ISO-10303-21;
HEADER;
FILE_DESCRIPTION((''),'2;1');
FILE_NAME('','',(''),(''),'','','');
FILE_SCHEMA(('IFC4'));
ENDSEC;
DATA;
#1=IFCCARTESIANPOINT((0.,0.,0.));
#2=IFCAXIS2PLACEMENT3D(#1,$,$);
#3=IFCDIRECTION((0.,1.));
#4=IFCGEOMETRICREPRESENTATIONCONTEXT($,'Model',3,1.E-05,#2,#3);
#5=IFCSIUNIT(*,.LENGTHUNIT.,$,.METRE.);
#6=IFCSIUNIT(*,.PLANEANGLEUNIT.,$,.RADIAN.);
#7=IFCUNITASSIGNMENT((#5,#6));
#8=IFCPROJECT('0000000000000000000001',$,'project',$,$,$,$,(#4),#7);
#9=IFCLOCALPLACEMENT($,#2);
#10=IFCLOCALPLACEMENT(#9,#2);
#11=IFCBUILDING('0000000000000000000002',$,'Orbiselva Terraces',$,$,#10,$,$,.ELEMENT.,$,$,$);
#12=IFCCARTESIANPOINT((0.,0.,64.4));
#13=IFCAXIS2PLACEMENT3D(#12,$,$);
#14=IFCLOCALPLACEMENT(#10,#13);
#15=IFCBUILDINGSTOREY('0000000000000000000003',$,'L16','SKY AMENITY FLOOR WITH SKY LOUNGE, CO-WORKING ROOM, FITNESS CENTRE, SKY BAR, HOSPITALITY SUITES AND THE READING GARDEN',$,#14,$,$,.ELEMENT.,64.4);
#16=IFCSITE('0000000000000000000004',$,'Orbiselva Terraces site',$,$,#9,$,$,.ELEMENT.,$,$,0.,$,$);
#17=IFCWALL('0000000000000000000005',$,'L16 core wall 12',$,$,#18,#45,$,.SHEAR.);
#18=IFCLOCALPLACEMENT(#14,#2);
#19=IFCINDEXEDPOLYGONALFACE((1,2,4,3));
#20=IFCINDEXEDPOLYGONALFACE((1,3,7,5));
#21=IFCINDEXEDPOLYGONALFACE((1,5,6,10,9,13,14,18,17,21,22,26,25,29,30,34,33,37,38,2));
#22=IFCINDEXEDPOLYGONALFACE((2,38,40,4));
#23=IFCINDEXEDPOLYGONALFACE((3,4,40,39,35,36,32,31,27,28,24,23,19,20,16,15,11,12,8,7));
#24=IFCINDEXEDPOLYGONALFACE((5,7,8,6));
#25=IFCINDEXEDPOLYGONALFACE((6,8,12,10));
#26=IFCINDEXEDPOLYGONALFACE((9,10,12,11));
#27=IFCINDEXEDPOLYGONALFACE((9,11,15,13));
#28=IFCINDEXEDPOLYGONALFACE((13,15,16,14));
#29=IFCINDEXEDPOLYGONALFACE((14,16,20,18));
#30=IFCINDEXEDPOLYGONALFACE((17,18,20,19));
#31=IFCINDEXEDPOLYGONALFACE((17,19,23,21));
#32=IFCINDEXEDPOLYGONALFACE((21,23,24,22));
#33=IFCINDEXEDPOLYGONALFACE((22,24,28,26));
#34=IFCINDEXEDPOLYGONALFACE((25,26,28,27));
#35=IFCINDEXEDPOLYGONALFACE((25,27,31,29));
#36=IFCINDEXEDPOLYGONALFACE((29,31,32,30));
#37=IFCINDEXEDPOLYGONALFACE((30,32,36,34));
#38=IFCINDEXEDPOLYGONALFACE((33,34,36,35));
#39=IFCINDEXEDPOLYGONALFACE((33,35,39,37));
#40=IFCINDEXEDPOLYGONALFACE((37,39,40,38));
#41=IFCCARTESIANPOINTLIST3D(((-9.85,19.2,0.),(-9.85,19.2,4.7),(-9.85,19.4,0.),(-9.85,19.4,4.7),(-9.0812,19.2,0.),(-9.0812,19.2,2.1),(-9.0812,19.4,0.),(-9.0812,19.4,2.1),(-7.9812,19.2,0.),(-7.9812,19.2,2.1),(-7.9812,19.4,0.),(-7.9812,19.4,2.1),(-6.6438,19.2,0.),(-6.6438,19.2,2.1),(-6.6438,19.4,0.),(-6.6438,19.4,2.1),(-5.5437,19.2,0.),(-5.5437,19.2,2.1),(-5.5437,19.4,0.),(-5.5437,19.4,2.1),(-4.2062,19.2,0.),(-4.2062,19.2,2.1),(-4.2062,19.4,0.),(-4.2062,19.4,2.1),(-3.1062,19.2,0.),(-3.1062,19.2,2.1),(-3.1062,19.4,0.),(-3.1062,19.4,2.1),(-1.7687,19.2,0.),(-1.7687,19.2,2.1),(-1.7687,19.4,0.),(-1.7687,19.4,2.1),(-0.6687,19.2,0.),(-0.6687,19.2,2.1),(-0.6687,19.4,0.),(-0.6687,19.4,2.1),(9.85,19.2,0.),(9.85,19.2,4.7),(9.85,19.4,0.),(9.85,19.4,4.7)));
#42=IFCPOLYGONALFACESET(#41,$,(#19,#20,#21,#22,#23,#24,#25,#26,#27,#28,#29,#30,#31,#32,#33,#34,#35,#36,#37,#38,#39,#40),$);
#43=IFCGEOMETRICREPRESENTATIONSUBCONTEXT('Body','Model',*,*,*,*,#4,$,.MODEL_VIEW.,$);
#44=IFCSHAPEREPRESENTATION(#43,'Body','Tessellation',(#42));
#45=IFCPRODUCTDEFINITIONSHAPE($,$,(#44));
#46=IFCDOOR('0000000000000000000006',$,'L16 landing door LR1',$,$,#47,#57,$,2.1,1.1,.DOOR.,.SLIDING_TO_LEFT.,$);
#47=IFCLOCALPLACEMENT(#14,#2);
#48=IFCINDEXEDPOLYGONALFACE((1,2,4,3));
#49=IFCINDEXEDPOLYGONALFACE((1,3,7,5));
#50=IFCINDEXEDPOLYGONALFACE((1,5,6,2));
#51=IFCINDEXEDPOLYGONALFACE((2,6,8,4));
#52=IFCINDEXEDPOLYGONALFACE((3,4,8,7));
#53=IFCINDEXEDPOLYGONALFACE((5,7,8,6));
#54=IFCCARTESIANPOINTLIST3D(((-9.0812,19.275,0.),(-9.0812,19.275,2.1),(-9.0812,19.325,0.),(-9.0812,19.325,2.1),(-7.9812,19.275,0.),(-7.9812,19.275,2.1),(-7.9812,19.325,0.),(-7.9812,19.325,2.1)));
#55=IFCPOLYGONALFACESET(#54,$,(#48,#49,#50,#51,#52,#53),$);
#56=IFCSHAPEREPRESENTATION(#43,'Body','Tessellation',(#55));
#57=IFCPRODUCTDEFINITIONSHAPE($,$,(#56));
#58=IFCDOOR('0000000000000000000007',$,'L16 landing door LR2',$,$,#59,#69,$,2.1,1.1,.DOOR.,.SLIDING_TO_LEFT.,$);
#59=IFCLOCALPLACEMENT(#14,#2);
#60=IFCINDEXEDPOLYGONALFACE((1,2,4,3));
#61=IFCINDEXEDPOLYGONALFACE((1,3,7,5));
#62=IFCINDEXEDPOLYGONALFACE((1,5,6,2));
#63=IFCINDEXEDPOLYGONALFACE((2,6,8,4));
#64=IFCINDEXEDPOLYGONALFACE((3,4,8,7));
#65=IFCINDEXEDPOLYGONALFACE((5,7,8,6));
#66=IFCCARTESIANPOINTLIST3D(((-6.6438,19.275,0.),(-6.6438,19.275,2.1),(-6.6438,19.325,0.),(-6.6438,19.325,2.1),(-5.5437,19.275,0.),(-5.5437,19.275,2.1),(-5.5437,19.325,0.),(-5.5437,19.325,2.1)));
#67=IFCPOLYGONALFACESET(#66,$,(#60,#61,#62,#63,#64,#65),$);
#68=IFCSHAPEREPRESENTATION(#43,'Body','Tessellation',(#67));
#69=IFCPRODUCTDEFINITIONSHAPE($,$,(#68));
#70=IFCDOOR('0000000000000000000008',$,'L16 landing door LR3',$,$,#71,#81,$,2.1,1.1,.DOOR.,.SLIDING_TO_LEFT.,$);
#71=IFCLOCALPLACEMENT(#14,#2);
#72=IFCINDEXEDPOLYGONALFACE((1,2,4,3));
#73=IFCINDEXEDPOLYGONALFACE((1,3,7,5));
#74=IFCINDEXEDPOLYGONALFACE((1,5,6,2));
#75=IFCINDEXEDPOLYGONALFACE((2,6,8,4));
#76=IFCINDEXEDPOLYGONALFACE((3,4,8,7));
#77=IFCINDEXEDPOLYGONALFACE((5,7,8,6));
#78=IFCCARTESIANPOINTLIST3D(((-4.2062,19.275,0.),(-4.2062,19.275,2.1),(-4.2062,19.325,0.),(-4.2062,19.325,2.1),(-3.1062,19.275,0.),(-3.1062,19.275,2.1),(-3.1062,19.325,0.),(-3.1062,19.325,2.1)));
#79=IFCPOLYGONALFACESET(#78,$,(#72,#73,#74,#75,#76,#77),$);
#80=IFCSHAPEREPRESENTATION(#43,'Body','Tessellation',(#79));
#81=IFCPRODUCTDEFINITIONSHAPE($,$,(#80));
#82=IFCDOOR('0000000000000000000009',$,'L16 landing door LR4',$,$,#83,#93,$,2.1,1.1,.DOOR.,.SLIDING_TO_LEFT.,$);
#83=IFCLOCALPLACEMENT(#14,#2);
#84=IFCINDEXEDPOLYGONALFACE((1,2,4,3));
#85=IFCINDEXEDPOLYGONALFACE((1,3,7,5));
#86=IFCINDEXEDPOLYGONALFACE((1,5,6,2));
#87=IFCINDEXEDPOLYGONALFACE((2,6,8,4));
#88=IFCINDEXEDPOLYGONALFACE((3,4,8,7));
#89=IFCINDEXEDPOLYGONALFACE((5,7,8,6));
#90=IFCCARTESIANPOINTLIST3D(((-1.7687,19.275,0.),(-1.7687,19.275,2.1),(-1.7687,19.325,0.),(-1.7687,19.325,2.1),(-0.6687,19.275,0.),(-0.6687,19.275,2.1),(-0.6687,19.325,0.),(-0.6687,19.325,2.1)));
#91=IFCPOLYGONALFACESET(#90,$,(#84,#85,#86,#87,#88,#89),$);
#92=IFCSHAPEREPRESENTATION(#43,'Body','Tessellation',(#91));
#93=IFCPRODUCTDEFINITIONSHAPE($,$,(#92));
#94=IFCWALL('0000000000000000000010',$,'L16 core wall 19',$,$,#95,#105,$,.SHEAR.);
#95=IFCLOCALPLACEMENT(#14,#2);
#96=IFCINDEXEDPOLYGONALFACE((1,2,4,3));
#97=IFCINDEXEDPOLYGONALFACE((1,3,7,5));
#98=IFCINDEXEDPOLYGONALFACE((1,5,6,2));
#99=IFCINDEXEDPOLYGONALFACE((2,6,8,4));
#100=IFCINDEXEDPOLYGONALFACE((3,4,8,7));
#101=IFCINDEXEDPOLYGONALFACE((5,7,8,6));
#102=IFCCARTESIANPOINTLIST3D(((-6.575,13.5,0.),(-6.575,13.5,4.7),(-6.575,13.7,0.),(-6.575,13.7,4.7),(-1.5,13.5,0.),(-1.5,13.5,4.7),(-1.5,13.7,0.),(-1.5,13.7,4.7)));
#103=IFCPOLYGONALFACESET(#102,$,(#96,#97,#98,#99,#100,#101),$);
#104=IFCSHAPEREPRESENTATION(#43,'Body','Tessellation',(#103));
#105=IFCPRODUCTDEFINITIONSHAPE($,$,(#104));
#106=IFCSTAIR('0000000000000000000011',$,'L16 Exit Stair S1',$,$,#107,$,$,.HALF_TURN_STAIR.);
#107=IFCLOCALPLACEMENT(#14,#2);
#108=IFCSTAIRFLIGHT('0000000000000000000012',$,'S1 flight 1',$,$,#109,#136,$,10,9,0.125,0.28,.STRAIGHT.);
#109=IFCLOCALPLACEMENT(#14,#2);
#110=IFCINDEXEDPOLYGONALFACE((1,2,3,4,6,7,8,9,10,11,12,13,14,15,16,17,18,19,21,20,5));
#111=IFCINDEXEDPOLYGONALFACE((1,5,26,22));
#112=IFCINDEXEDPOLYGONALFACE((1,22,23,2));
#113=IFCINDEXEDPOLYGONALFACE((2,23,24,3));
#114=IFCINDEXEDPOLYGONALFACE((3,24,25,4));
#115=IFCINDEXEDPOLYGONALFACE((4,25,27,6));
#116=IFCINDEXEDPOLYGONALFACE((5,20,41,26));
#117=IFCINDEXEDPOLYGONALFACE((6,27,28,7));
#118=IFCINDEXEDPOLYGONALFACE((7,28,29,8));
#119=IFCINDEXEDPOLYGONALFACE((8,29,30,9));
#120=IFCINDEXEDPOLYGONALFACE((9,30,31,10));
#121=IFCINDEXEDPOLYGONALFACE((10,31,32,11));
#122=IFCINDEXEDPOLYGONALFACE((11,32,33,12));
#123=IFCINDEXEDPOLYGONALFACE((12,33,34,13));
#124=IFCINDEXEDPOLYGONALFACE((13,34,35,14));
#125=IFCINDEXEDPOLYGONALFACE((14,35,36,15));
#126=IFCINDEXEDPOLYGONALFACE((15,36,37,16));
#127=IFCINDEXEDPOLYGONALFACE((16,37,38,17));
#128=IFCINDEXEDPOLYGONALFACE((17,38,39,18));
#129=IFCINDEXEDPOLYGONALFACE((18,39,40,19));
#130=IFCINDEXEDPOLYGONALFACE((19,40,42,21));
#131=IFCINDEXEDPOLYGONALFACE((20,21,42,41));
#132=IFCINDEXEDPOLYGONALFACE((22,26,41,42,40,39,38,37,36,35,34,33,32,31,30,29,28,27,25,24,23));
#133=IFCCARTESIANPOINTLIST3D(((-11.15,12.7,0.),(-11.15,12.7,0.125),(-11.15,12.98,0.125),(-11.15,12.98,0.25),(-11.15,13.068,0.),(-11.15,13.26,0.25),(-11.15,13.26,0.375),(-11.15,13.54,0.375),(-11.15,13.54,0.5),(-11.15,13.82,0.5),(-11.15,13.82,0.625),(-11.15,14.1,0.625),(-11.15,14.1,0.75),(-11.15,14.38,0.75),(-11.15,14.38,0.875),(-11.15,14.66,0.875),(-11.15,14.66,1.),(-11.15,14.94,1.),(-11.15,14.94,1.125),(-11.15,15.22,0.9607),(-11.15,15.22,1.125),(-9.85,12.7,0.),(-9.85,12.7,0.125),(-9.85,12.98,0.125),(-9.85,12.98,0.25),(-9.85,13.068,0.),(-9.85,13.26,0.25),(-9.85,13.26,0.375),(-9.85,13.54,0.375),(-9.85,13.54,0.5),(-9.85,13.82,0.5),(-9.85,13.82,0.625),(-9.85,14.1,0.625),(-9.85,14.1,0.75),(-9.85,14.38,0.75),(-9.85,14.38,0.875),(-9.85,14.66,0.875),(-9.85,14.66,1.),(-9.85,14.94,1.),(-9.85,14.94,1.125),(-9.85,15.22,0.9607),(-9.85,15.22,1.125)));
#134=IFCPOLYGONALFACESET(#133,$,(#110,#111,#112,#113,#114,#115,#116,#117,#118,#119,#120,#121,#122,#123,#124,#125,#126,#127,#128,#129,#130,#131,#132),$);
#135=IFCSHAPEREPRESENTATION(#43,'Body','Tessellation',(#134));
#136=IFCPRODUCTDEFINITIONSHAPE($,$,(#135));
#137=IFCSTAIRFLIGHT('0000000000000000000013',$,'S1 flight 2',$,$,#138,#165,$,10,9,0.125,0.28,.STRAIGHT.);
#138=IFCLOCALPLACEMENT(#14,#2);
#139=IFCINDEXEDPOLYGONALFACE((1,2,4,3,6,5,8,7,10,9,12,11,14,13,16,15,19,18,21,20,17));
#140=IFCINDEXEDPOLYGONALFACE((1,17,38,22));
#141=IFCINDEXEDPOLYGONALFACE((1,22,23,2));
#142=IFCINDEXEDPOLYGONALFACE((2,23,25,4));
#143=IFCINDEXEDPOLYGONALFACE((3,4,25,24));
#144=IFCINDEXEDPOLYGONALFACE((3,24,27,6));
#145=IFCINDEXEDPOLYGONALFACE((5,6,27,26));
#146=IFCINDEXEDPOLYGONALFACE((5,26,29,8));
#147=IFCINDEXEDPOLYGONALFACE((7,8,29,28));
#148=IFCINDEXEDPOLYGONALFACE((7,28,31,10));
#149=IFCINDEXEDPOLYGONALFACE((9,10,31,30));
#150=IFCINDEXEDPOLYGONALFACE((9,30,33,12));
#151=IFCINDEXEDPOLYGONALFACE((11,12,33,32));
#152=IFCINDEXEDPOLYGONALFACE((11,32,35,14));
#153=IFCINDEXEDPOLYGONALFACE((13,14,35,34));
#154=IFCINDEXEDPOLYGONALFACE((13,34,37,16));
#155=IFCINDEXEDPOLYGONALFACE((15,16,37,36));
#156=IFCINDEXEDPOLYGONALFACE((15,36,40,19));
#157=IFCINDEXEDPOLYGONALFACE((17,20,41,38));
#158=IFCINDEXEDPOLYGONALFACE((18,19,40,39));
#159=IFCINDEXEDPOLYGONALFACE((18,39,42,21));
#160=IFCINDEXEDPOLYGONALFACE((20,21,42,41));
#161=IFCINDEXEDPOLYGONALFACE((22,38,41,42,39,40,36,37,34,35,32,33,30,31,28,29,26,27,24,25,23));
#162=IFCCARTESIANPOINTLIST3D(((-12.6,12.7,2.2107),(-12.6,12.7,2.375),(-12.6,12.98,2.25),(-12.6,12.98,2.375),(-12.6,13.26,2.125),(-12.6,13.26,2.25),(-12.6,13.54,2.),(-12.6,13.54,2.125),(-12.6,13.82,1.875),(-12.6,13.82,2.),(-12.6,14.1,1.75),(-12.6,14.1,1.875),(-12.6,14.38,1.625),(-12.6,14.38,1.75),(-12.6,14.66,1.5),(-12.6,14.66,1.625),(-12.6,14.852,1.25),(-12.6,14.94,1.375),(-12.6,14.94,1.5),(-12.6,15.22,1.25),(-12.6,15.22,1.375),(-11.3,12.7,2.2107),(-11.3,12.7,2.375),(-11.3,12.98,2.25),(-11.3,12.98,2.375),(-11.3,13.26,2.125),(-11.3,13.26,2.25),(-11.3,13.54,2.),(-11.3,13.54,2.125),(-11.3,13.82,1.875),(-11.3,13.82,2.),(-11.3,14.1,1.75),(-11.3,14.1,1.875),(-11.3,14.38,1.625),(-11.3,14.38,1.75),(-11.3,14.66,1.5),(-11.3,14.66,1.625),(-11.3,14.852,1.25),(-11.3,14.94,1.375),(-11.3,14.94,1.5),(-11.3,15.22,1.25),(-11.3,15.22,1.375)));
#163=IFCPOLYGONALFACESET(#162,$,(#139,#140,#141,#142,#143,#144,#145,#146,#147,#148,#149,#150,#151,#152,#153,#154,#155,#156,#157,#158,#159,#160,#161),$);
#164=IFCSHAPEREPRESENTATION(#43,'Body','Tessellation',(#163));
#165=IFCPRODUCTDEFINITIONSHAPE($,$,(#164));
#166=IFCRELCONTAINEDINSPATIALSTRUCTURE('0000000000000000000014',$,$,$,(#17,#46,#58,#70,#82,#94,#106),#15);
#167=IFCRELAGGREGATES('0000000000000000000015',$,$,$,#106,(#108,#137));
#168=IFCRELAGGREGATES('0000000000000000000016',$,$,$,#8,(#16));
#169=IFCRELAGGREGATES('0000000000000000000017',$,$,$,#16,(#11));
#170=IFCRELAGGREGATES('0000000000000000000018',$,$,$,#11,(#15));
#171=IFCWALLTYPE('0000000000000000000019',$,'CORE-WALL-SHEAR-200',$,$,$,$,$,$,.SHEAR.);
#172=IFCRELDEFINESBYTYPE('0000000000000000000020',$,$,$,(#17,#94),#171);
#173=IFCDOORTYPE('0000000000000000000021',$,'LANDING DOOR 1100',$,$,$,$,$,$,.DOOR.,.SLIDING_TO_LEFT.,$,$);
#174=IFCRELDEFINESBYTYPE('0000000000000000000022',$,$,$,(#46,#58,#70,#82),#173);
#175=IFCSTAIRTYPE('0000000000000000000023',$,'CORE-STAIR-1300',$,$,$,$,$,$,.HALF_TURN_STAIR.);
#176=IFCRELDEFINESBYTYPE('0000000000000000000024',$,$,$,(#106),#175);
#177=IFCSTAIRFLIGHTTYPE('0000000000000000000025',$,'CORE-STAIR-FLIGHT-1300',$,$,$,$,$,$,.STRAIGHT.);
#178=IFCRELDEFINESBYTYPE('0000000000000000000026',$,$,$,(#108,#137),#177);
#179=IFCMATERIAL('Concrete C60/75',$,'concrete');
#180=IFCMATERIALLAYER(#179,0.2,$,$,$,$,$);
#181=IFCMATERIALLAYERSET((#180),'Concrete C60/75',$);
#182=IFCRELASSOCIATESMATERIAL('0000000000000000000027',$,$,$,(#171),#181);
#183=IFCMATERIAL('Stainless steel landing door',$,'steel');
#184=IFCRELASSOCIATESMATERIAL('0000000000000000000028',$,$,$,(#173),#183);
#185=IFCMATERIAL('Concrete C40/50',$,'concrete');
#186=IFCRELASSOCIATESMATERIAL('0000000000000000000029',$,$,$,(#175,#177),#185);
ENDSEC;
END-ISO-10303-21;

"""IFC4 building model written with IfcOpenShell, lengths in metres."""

from ifc_helpers import new_model, si_unit, direction, frame, frame_2d, origin, place, context, subcontext, project, spatial, polyline, rectangle, outline, extrude, material, layer, layer_set, type_object, element, fill, aggregate, save


model = new_model("IFC4")

# Units and contexts
model_context = context("Model", 3, precision=1e-05, world=origin(), true_north=direction((0.0, 1.0)))
body_context = subcontext(model_context, "Body", "Model", "MODEL_VIEW")
ifc_project = project(units=[si_unit("LENGTHUNIT", "METRE"), si_unit("PLANEANGLEUNIT", "RADIAN")], contexts=[model_context])

# Site, building, storey
site_placement = place(None, origin())
site = spatial("IfcSite", under=ifc_project, at=site_placement, Name="Orbiselva Terraces site", CompositionType="ELEMENT", RefElevation=0.0)
building_placement = place(site_placement, origin())
building = spatial("IfcBuilding", under=site, at=building_placement, Name="Orbiselva Terraces", CompositionType="ELEMENT")
storey_placement = place(building_placement, frame((0.0, 0.0, 64.4)))
storey = spatial("IfcBuildingStorey", under=building, at=storey_placement, Name="L16", Description="SKY AMENITY FLOOR WITH SKY LOUNGE, CO-WORKING ROOM, FITNESS CENTRE, SKY BAR, HOSPITALITY SUITES AND THE READING GARDEN", CompositionType="ELEMENT", Elevation=64.4)

# Shared definitions
ifc_material_1 = material(Name="Concrete C40/50", Category="concrete")
ifc_material_2 = material(Name="Concrete C60/75", Category="concrete")
ifc_layer_1 = layer(ifc_material_2, 0.2)
ifc_layer_set_1 = layer_set([ifc_layer_1], Name="Concrete C60/75")
wall_type_1 = type_object("IfcWallType", Name="CORE-WALL-SHEAR-200", PredefinedType="SHEAR", material=ifc_layer_set_1)

# Wall, openings, doors
wall_1_placement = place(storey_placement, frame((-9.85, 19.3, 0.0), z_axis=(0.0, 0.0, 1.0), x_axis=(1.0, 0.0, 0.0)))
wall_1 = element("IfcWall", 1, at=wall_1_placement, inside=storey, type_object=wall_type_1, Name="L16 core wall 12", PredefinedType="SHEAR", context=body_context, shape_type="SweptSolid", body=[
    extrude(rectangle(XDim=19.7, YDim=0.2, at=frame_2d((9.85, 0.0))), origin(), (0.0, 0.0, 1.0), 4.7),
])
opening_1_placement = place(wall_1_placement, frame((0.7688, 0.0, 0.0)))
opening_1 = element("IfcOpeningElement", 2, at=opening_1_placement, cuts=wall_1, PredefinedType="OPENING", context=body_context, shape_type="SweptSolid", body=[
    extrude(rectangle(XDim=1.1, YDim=2.1, at=frame_2d((0.55, 1.05))), frame((0.0, 0.11, 0.0), z_axis=(0.0, -1.0, 0.0), x_axis=(1.0, 0.0, 0.0)), (0.0, 0.0, 1.0), 0.22),
])
opening_2_placement = place(wall_1_placement, frame((3.2062, 0.0, 0.0)))
opening_2 = element("IfcOpeningElement", 3, at=opening_2_placement, cuts=wall_1, PredefinedType="OPENING", context=body_context, shape_type="SweptSolid", body=[
    extrude(rectangle(XDim=1.1, YDim=2.1, at=frame_2d((0.55, 1.05))), frame((0.0, 0.11, 0.0), z_axis=(0.0, -1.0, 0.0), x_axis=(1.0, 0.0, 0.0)), (0.0, 0.0, 1.0), 0.22),
])
opening_3_placement = place(wall_1_placement, frame((5.6437, 0.0, 0.0)))
opening_3 = element("IfcOpeningElement", 4, at=opening_3_placement, cuts=wall_1, PredefinedType="OPENING", context=body_context, shape_type="SweptSolid", body=[
    extrude(rectangle(XDim=1.1, YDim=2.1, at=frame_2d((0.55, 1.05))), frame((0.0, 0.11, 0.0), z_axis=(0.0, -1.0, 0.0), x_axis=(1.0, 0.0, 0.0)), (0.0, 0.0, 1.0), 0.22),
])
opening_4_placement = place(wall_1_placement, frame((8.0813, 0.0, 0.0)))
opening_4 = element("IfcOpeningElement", 5, at=opening_4_placement, cuts=wall_1, PredefinedType="OPENING", context=body_context, shape_type="SweptSolid", body=[
    extrude(rectangle(XDim=1.1, YDim=2.1, at=frame_2d((0.55, 1.05))), frame((0.0, 0.11, 0.0), z_axis=(0.0, -1.0, 0.0), x_axis=(1.0, 0.0, 0.0)), (0.0, 0.0, 1.0), 0.22),
])
ifc_material_3 = material(Name="Stainless steel landing door", Category="steel")
door_type_1 = type_object("IfcDoorType", Name="LANDING DOOR 1100", OperationType="SLIDING_TO_LEFT", PredefinedType="DOOR", material=ifc_material_3)
door_1_placement = place(opening_1_placement, origin())
door_1 = element("IfcDoor", 6, at=door_1_placement, inside=storey, type_object=door_type_1, Name="L16 landing door LR1", OperationType="SLIDING_TO_LEFT", OverallHeight=2.1, OverallWidth=1.1, PredefinedType="DOOR", context=body_context, shape_type="SweptSolid", body=[
    extrude(rectangle(XDim=1.1, YDim=2.1, at=frame_2d((0.55, 1.05))), frame((0.0, 0.025, 0.0), z_axis=(0.0, -1.0, 0.0), x_axis=(1.0, 0.0, 0.0)), (0.0, 0.0, 1.0), 0.05),
])
fill(opening_1, door_1)
door_2_placement = place(opening_2_placement, origin())
door_2 = element("IfcDoor", 7, at=door_2_placement, inside=storey, type_object=door_type_1, Name="L16 landing door LR2", OperationType="SLIDING_TO_LEFT", OverallHeight=2.1, OverallWidth=1.1, PredefinedType="DOOR", context=body_context, shape_type="SweptSolid", body=[
    extrude(rectangle(XDim=1.1, YDim=2.1, at=frame_2d((0.55, 1.05))), frame((0.0, 0.025, 0.0), z_axis=(0.0, -1.0, 0.0), x_axis=(1.0, 0.0, 0.0)), (0.0, 0.0, 1.0), 0.05),
])
fill(opening_2, door_2)
door_3_placement = place(opening_3_placement, origin())
door_3 = element("IfcDoor", 8, at=door_3_placement, inside=storey, type_object=door_type_1, Name="L16 landing door LR3", OperationType="SLIDING_TO_LEFT", OverallHeight=2.1, OverallWidth=1.1, PredefinedType="DOOR", context=body_context, shape_type="SweptSolid", body=[
    extrude(rectangle(XDim=1.1, YDim=2.1, at=frame_2d((0.55, 1.05))), frame((0.0, 0.025, 0.0), z_axis=(0.0, -1.0, 0.0), x_axis=(1.0, 0.0, 0.0)), (0.0, 0.0, 1.0), 0.05),
])
fill(opening_3, door_3)
door_4_placement = place(opening_4_placement, origin())
door_4 = element("IfcDoor", 9, at=door_4_placement, inside=storey, type_object=door_type_1, Name="L16 landing door LR4", OperationType="SLIDING_TO_LEFT", OverallHeight=2.1, OverallWidth=1.1, PredefinedType="DOOR", context=body_context, shape_type="SweptSolid", body=[
    extrude(rectangle(XDim=1.1, YDim=2.1, at=frame_2d((0.55, 1.05))), frame((0.0, 0.025, 0.0), z_axis=(0.0, -1.0, 0.0), x_axis=(1.0, 0.0, 0.0)), (0.0, 0.0, 1.0), 0.05),
])
fill(opening_4, door_4)

# Wall
wall_2_placement = place(storey_placement, frame((-6.575, 13.6, 0.0), z_axis=(0.0, 0.0, 1.0), x_axis=(1.0, 0.0, 0.0)))
element("IfcWall", 10, at=wall_2_placement, inside=storey, type_object=wall_type_1, Name="L16 core wall 19", PredefinedType="SHEAR", context=body_context, shape_type="SweptSolid", body=[
    extrude(rectangle(XDim=5.075, YDim=0.2, at=frame_2d((2.5375, 0.0))), origin(), (0.0, 0.0, 1.0), 4.7),
])

# Stair, stair flights
stair_type = type_object("IfcStairType", Name="CORE-STAIR-1300", PredefinedType="HALF_TURN_STAIR", material=ifc_material_1)
stair_placement = place(storey_placement, origin())
stair = element("IfcStair", 11, at=stair_placement, inside=storey, type_object=stair_type, Name="L16 Exit Stair S1", PredefinedType="HALF_TURN_STAIR")
stair_flight_type = type_object("IfcStairFlightType", Name="CORE-STAIR-FLIGHT-1300", PredefinedType="STRAIGHT", material=ifc_material_1)
stair_flight_1_placement = place(storey_placement, frame((-10.5, 12.7, 0.0), z_axis=(0.0, 0.0, 1.0), x_axis=(0.0, 1.0, 0.0)))
stair_flight_1 = element("IfcStairFlight", 12, at=stair_flight_1_placement, type_object=stair_flight_type, Name="S1 flight 1", NumberOfRisers=10, NumberOfTreads=9, PredefinedType="STRAIGHT", RiserHeight=0.125, TreadLength=0.28, context=body_context, shape_type="SweptSolid", body=[
    extrude(outline(polyline([(0.0, 0.0), (0.0, 0.125), (0.28, 0.125), (0.28, 0.25), (0.56, 0.25), (0.56, 0.375), (0.84, 0.375), (0.84, 0.5), (1.12, 0.5), (1.12, 0.625), (1.4, 0.625), (1.4, 0.75), (1.68, 0.75), (1.68, 0.875), (1.96, 0.875), (1.96, 1.0), (2.24, 1.0), (2.24, 1.125), (2.52, 1.125), (2.52, 1.25), (2.52, 0.9607), (0.368, 0.0), (0.0, 0.0)])), frame((0.0, 0.65, 0.0), z_axis=(0.0, -1.0, 0.0), x_axis=(1.0, 0.0, 0.0)), (0.0, 0.0, 1.0), 1.3),
])
stair_flight_2_placement = place(storey_placement, frame((-11.95, 15.22, 1.25), z_axis=(0.0, 0.0, 1.0), x_axis=(0.0, -1.0, 0.0)))
stair_flight_2 = element("IfcStairFlight", 13, at=stair_flight_2_placement, type_object=stair_flight_type, Name="S1 flight 2", NumberOfRisers=10, NumberOfTreads=9, PredefinedType="STRAIGHT", RiserHeight=0.125, TreadLength=0.28, context=body_context, shape_type="SweptSolid", body=[
    extrude(outline(polyline([(0.0, 0.0), (0.0, 0.125), (0.28, 0.125), (0.28, 0.25), (0.56, 0.25), (0.56, 0.375), (0.84, 0.375), (0.84, 0.5), (1.12, 0.5), (1.12, 0.625), (1.4, 0.625), (1.4, 0.75), (1.68, 0.75), (1.68, 0.875), (1.96, 0.875), (1.96, 1.0), (2.24, 1.0), (2.24, 1.125), (2.52, 1.125), (2.52, 1.25), (2.52, 0.9607), (0.368, 0.0), (0.0, 0.0)])), frame((0.0, 0.65, 0.0), z_axis=(0.0, -1.0, 0.0), x_axis=(1.0, 0.0, 0.0)), (0.0, 0.0, 1.0), 1.3),
])
aggregate(stair, [stair_flight_1, stair_flight_2])

save(model, "model.ifc")
